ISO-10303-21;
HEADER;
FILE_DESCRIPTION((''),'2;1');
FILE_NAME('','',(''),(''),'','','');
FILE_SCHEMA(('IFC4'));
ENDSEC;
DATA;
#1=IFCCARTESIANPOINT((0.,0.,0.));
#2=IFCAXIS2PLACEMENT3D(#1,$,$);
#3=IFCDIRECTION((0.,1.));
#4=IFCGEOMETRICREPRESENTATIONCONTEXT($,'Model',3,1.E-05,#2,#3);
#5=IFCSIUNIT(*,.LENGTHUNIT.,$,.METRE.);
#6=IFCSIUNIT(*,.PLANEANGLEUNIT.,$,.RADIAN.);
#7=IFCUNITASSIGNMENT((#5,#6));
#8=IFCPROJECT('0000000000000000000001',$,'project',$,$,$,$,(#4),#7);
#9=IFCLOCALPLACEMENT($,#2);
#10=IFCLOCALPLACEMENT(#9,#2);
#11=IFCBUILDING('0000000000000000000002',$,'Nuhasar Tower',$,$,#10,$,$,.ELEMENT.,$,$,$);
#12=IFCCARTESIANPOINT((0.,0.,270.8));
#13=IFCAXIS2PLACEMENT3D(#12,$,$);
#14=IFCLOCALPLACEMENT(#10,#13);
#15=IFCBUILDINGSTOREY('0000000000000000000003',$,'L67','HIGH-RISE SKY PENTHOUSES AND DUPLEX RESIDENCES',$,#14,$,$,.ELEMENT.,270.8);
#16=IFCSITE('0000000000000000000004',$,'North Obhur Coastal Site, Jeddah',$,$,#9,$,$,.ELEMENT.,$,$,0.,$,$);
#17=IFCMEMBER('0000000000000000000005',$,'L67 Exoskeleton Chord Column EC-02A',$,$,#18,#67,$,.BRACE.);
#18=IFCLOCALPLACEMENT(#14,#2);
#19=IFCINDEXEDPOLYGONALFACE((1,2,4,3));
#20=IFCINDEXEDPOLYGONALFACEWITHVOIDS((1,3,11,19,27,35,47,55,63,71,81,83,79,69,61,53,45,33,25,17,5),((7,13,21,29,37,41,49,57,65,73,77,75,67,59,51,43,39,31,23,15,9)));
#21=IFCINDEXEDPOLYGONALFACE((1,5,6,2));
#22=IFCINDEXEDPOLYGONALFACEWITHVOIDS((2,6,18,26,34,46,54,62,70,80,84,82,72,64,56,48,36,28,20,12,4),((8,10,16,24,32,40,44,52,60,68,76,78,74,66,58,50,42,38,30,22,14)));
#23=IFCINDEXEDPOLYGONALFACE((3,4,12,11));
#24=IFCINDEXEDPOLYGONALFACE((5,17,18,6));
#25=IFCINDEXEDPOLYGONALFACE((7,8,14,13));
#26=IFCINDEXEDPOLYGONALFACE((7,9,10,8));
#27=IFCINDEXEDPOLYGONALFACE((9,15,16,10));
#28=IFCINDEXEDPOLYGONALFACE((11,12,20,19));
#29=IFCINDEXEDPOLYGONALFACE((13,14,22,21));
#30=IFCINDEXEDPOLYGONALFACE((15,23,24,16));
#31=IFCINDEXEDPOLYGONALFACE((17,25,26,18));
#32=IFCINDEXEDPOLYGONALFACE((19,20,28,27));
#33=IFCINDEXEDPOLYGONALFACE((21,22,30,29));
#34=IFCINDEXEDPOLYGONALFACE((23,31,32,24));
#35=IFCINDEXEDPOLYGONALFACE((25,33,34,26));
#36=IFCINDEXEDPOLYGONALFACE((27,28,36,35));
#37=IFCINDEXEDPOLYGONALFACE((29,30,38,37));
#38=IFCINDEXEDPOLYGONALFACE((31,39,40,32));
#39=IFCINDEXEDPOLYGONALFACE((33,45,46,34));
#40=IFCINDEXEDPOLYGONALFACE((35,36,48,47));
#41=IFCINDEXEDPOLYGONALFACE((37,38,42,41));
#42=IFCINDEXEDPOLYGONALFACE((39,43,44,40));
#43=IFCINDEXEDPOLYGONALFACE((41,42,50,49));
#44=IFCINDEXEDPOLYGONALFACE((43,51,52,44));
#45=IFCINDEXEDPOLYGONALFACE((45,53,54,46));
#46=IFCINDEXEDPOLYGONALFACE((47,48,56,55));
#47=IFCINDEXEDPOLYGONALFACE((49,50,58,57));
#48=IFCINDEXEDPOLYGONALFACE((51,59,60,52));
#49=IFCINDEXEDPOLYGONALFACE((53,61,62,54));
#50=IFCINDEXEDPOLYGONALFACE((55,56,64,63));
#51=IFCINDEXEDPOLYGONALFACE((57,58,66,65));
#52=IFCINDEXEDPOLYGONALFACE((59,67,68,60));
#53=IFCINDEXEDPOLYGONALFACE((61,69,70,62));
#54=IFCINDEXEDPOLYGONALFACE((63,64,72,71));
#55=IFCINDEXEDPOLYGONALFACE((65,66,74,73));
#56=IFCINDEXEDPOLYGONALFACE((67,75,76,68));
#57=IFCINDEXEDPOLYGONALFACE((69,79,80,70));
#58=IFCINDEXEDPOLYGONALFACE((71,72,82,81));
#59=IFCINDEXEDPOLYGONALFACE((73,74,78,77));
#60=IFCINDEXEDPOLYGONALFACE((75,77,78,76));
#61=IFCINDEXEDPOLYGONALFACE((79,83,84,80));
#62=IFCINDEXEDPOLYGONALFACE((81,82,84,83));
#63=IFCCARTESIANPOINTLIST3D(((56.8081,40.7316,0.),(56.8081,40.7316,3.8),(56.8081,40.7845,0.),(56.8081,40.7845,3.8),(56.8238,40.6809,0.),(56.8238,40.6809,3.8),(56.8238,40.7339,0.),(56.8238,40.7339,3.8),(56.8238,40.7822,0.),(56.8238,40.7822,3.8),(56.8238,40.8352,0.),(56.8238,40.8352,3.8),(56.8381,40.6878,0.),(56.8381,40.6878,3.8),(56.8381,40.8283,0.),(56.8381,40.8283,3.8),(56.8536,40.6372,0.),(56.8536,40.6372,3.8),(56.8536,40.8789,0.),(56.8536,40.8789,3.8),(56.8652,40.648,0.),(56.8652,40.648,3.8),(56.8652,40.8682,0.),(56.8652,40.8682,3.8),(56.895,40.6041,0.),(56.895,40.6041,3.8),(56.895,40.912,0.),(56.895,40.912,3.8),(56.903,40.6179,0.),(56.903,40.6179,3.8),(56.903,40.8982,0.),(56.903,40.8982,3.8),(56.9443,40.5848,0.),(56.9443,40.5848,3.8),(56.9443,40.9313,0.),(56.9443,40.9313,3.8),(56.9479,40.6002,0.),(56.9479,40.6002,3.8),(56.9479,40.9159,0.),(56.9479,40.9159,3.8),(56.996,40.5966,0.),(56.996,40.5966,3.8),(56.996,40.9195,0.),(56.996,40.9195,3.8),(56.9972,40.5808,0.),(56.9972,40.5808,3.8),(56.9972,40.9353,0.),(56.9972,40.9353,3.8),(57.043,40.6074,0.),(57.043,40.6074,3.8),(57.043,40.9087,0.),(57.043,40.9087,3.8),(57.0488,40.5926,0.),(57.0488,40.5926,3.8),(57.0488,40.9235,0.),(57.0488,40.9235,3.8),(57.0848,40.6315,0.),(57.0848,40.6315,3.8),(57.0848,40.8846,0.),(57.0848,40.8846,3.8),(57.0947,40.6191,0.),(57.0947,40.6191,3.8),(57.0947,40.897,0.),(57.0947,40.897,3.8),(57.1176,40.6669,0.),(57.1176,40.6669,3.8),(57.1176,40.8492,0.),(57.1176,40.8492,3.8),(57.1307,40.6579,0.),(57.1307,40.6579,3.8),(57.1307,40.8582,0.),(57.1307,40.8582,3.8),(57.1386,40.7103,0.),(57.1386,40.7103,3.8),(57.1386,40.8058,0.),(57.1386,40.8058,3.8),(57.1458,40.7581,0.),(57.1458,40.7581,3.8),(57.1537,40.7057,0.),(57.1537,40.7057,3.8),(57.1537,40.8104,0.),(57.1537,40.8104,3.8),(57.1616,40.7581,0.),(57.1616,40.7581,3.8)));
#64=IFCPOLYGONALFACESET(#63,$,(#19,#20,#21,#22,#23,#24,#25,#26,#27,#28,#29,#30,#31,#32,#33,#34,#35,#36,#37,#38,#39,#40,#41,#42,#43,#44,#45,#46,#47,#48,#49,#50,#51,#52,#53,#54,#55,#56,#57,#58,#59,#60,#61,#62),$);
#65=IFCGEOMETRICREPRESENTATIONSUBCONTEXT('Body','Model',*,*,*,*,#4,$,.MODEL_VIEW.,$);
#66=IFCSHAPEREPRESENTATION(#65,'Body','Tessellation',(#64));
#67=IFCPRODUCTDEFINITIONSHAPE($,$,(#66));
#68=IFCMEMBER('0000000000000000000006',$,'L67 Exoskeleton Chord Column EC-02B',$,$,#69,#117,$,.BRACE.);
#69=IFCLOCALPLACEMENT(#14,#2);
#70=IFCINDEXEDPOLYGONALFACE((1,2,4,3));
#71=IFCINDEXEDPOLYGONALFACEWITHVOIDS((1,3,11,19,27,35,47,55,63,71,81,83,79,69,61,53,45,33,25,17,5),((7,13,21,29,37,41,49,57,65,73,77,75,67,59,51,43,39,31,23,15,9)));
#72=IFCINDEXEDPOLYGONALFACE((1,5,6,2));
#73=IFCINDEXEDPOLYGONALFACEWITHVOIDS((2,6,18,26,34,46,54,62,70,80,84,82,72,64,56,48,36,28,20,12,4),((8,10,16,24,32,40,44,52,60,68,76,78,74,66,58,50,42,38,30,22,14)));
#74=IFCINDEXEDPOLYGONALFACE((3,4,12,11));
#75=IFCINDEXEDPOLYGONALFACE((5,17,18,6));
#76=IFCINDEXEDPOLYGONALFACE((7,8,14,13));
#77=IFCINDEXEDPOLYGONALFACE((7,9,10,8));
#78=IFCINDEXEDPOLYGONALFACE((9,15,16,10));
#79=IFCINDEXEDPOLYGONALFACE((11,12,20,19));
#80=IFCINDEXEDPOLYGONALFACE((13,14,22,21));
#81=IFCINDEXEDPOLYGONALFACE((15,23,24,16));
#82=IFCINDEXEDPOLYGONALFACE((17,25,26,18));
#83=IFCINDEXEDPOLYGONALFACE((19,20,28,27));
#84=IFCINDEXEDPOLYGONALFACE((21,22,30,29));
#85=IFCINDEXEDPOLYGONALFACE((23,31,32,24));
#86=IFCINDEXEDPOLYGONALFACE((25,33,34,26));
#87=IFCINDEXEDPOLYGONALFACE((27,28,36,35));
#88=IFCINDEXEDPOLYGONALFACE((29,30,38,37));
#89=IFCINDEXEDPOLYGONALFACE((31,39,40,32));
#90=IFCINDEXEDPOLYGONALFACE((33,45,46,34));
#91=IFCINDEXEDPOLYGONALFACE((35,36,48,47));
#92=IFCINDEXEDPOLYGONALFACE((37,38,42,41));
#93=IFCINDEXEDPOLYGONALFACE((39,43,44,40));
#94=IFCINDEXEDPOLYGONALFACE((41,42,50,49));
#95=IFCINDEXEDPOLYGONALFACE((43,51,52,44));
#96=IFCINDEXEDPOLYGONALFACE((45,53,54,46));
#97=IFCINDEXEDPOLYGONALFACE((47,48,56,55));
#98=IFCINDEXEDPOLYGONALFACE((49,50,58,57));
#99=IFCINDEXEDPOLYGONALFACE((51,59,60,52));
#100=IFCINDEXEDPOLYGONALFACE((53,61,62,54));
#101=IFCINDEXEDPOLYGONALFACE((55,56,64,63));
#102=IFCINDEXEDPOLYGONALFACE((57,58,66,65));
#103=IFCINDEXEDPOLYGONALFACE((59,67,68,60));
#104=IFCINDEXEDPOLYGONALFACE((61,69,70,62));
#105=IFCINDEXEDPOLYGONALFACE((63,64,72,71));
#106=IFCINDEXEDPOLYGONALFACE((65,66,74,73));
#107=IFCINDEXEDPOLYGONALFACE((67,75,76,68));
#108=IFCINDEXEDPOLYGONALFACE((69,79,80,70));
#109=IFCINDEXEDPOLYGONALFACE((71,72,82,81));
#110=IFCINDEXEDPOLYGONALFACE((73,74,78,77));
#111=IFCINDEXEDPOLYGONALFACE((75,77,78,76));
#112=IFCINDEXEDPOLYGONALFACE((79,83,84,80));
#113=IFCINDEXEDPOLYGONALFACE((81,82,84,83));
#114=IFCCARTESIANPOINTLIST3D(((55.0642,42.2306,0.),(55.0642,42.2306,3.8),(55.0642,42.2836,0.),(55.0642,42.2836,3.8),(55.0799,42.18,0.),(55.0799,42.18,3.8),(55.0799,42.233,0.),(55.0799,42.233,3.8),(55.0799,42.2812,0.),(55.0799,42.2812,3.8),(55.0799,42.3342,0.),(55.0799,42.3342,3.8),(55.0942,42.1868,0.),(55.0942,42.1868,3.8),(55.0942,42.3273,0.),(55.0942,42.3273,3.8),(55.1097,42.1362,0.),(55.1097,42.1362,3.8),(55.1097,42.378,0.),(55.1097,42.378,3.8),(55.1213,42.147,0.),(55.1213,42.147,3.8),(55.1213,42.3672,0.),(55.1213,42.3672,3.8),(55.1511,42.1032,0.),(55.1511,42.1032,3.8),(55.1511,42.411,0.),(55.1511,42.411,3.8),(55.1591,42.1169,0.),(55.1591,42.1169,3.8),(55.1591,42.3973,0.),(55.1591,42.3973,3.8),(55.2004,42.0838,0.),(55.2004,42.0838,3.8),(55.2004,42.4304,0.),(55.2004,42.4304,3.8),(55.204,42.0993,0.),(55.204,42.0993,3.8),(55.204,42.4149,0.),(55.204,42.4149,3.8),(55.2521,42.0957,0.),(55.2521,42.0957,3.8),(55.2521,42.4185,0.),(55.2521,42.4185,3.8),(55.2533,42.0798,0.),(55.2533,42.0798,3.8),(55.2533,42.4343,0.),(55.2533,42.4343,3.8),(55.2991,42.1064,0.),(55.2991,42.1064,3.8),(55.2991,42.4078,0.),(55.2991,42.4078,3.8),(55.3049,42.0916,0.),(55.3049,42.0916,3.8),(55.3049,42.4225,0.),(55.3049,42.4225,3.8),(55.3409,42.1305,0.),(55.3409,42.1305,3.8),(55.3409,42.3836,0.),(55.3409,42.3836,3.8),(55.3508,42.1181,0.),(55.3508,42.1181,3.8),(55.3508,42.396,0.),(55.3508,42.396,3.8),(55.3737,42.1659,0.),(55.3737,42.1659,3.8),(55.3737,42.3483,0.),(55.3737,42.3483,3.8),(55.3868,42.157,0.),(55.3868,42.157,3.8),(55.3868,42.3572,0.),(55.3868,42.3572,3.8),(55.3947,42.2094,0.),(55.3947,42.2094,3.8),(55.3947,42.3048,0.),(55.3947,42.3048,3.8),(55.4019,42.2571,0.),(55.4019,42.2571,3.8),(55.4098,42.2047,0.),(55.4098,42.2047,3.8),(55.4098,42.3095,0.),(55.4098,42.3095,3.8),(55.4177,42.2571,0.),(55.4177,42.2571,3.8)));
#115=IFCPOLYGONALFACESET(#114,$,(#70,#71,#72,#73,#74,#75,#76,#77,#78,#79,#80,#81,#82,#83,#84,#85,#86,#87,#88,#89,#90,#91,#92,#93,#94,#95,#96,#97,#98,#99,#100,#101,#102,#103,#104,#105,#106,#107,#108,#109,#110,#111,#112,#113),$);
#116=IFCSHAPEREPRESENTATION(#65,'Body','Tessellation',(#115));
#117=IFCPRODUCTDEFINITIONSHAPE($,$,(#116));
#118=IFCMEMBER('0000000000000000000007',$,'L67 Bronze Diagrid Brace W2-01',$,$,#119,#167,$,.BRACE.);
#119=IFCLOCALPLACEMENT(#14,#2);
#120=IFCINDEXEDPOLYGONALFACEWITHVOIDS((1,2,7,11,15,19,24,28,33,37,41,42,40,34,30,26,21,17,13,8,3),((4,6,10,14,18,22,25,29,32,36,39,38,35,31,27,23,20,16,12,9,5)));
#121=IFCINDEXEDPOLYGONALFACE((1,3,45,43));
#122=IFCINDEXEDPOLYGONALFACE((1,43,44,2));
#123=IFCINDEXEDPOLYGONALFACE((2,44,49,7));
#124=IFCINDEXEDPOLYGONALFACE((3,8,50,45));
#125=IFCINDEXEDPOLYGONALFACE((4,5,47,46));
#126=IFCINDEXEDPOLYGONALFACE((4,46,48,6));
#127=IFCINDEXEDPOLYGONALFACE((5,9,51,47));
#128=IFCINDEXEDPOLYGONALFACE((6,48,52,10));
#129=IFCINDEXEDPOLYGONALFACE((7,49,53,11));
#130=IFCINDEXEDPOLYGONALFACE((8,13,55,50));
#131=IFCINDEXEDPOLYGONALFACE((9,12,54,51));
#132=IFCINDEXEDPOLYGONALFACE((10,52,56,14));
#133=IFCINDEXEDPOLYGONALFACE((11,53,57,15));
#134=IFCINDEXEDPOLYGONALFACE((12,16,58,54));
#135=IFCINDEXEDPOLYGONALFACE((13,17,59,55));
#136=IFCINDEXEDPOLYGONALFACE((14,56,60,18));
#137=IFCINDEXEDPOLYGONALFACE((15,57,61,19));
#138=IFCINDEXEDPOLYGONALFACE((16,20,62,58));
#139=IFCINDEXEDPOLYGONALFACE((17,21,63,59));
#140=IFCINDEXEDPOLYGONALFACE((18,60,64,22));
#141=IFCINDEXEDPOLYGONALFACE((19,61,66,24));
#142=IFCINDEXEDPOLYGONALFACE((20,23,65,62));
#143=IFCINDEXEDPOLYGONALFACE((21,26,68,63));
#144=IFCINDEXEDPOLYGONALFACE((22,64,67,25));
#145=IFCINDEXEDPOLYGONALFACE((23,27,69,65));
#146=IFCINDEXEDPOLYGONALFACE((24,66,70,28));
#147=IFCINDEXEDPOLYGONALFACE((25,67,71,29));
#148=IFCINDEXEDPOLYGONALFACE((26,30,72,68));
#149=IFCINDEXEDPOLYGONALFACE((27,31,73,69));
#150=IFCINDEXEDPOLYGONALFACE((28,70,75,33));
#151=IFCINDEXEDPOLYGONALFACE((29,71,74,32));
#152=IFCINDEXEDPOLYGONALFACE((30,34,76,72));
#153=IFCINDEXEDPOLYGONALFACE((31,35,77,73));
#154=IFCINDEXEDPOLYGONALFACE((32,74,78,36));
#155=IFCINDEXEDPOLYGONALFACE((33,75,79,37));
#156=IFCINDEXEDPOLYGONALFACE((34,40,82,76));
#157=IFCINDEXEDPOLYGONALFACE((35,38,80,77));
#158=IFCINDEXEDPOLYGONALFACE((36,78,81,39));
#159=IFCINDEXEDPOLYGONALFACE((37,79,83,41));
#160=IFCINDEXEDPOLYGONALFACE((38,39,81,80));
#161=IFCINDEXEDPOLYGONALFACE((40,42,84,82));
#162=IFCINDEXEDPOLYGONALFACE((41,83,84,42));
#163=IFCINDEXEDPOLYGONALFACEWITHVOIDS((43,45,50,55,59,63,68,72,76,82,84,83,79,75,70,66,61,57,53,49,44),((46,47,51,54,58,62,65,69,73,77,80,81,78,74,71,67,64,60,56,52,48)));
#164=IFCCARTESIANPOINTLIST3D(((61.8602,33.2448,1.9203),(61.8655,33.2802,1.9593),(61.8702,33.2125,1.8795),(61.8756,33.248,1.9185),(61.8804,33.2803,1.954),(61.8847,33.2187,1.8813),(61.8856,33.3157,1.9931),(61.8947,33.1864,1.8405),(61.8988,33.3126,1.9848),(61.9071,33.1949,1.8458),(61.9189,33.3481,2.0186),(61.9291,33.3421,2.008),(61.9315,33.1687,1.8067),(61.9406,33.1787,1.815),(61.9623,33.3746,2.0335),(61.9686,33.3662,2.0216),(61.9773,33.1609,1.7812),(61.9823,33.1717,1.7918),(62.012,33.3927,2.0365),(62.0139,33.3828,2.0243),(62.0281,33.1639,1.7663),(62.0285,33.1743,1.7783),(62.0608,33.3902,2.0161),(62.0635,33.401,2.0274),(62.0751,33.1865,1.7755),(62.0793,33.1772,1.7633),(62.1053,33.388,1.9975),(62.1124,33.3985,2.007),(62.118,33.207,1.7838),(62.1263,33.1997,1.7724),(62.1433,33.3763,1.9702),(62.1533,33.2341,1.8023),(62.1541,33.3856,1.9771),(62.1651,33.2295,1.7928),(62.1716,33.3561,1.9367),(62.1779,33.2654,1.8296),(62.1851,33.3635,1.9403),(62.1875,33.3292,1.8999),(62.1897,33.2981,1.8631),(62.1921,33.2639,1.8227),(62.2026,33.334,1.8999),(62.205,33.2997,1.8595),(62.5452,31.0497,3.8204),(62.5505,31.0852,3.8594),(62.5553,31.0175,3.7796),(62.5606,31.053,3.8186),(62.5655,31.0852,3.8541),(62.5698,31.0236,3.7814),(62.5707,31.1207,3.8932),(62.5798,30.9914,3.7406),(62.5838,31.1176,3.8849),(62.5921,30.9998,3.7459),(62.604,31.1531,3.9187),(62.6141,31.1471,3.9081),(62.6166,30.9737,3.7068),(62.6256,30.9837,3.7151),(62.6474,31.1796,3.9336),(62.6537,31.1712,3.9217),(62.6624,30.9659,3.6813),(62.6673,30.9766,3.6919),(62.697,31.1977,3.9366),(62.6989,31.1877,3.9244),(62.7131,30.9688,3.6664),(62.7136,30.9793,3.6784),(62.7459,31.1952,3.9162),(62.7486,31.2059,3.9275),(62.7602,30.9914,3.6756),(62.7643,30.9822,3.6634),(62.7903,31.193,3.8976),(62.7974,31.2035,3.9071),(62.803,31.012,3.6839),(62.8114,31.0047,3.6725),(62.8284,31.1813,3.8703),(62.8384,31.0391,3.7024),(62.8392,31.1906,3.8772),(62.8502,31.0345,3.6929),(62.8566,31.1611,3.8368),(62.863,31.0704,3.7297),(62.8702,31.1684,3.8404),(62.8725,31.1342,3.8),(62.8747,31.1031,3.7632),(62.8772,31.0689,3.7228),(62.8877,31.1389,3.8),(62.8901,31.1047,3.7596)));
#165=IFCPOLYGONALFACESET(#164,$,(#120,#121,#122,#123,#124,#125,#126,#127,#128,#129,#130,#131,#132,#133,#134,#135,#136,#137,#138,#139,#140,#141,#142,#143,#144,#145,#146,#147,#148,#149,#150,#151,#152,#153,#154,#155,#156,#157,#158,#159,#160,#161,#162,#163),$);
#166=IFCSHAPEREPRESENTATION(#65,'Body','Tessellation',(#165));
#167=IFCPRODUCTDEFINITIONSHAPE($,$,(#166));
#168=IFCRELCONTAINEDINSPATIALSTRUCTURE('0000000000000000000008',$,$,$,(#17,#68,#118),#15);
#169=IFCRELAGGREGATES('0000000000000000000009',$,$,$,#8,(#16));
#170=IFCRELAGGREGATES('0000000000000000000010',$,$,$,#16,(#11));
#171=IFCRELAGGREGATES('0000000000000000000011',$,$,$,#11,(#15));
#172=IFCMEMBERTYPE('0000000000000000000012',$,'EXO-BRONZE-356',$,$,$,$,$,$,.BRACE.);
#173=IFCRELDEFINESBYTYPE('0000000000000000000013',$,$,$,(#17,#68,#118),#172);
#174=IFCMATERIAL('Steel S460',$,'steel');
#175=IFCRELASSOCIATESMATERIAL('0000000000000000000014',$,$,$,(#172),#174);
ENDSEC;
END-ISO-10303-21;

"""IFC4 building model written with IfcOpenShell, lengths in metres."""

from ifc_helpers import new_model, si_unit, direction, frame, origin, origin_2d, place, context, subcontext, project, spatial, hollow_circle, extrude, material, material_profile, profile_set, type_object, element, save


model = new_model("IFC4")

# Units and contexts
model_context = context("Model", 3, precision=1e-05, world=origin(), true_north=direction((0.0, 1.0)))
body_context = subcontext(model_context, "Body", "Model", "MODEL_VIEW")
ifc_project = project(units=[si_unit("LENGTHUNIT", "METRE"), si_unit("PLANEANGLEUNIT", "RADIAN")], contexts=[model_context])

# Site, building, storey
site_placement = place(None, origin())
site = spatial("IfcSite", under=ifc_project, at=site_placement, Name="North Obhur Coastal Site, Jeddah", CompositionType="ELEMENT", RefElevation=0.0)
building_placement = place(site_placement, origin())
building = spatial("IfcBuilding", under=site, at=building_placement, Name="Nuhasar Tower", CompositionType="ELEMENT")
storey_placement = place(building_placement, frame((0.0, 0.0, 270.8)))
storey = spatial("IfcBuildingStorey", under=building, at=storey_placement, Name="L67", Description="HIGH-RISE SKY PENTHOUSES AND DUPLEX RESIDENCES", CompositionType="ELEMENT", Elevation=270.8)

# Members
ifc_material_1 = material(Name="Steel S460", Category="steel")
ifc_material_profile_1 = material_profile(ifc_material_1, hollow_circle(Radius=0.1777, WallThickness=0.0159, at=origin_2d()), Name="HSS355.6X15.9")
ifc_profile_set_1 = profile_set([ifc_material_profile_1], Name="Steel S460")
member_type_1 = type_object("IfcMemberType", Name="EXO-BRONZE-356", PredefinedType="BRACE", material=ifc_profile_set_1)
for number, where, z_axis, x_axis, name in (
    (1, (56.9839, 40.7581, 0.0), (0.0, 0.0, 1.0), (1.0, 0.0, 0.0), "L67 Exoskeleton Chord Column EC-02A"),
    (2, (55.24, 42.2571, 0.0), (0.0, 0.0, 1.0), (1.0, 0.0, 0.0), "L67 Exoskeleton Chord Column EC-02B"),
):
    element("IfcMember", number, at=place(storey_placement, frame(where, z_axis=z_axis, x_axis=x_axis)), inside=storey, type_object=member_type_1, Name=name, PredefinedType="BRACE", context=body_context, shape_type="SweptSolid", body=[
        extrude(hollow_circle(Radius=0.1777, WallThickness=0.0159, at=origin_2d()), origin(), (0.0, 0.0, 1.0), 3.8),
    ])
for number, where, z_axis, x_axis, name in (
    (3, (62.033, 33.281, 1.8999), (0.229656, -0.735864, 0.636995), (0.954591, 0.297918, 0.0), "L67 Bronze Diagrid Brace W2-01"),
):
    element("IfcMember", number, at=place(storey_placement, frame(where, z_axis=z_axis, x_axis=x_axis)), inside=storey, type_object=member_type_1, Name=name, PredefinedType="BRACE", context=body_context, shape_type="SweptSolid", body=[
        extrude(hollow_circle(Radius=0.1777, WallThickness=0.0159, at=origin_2d()), origin(), (0.0, 0.0, 1.0), 2.9829),
    ])

save(model, "model.ifc")
